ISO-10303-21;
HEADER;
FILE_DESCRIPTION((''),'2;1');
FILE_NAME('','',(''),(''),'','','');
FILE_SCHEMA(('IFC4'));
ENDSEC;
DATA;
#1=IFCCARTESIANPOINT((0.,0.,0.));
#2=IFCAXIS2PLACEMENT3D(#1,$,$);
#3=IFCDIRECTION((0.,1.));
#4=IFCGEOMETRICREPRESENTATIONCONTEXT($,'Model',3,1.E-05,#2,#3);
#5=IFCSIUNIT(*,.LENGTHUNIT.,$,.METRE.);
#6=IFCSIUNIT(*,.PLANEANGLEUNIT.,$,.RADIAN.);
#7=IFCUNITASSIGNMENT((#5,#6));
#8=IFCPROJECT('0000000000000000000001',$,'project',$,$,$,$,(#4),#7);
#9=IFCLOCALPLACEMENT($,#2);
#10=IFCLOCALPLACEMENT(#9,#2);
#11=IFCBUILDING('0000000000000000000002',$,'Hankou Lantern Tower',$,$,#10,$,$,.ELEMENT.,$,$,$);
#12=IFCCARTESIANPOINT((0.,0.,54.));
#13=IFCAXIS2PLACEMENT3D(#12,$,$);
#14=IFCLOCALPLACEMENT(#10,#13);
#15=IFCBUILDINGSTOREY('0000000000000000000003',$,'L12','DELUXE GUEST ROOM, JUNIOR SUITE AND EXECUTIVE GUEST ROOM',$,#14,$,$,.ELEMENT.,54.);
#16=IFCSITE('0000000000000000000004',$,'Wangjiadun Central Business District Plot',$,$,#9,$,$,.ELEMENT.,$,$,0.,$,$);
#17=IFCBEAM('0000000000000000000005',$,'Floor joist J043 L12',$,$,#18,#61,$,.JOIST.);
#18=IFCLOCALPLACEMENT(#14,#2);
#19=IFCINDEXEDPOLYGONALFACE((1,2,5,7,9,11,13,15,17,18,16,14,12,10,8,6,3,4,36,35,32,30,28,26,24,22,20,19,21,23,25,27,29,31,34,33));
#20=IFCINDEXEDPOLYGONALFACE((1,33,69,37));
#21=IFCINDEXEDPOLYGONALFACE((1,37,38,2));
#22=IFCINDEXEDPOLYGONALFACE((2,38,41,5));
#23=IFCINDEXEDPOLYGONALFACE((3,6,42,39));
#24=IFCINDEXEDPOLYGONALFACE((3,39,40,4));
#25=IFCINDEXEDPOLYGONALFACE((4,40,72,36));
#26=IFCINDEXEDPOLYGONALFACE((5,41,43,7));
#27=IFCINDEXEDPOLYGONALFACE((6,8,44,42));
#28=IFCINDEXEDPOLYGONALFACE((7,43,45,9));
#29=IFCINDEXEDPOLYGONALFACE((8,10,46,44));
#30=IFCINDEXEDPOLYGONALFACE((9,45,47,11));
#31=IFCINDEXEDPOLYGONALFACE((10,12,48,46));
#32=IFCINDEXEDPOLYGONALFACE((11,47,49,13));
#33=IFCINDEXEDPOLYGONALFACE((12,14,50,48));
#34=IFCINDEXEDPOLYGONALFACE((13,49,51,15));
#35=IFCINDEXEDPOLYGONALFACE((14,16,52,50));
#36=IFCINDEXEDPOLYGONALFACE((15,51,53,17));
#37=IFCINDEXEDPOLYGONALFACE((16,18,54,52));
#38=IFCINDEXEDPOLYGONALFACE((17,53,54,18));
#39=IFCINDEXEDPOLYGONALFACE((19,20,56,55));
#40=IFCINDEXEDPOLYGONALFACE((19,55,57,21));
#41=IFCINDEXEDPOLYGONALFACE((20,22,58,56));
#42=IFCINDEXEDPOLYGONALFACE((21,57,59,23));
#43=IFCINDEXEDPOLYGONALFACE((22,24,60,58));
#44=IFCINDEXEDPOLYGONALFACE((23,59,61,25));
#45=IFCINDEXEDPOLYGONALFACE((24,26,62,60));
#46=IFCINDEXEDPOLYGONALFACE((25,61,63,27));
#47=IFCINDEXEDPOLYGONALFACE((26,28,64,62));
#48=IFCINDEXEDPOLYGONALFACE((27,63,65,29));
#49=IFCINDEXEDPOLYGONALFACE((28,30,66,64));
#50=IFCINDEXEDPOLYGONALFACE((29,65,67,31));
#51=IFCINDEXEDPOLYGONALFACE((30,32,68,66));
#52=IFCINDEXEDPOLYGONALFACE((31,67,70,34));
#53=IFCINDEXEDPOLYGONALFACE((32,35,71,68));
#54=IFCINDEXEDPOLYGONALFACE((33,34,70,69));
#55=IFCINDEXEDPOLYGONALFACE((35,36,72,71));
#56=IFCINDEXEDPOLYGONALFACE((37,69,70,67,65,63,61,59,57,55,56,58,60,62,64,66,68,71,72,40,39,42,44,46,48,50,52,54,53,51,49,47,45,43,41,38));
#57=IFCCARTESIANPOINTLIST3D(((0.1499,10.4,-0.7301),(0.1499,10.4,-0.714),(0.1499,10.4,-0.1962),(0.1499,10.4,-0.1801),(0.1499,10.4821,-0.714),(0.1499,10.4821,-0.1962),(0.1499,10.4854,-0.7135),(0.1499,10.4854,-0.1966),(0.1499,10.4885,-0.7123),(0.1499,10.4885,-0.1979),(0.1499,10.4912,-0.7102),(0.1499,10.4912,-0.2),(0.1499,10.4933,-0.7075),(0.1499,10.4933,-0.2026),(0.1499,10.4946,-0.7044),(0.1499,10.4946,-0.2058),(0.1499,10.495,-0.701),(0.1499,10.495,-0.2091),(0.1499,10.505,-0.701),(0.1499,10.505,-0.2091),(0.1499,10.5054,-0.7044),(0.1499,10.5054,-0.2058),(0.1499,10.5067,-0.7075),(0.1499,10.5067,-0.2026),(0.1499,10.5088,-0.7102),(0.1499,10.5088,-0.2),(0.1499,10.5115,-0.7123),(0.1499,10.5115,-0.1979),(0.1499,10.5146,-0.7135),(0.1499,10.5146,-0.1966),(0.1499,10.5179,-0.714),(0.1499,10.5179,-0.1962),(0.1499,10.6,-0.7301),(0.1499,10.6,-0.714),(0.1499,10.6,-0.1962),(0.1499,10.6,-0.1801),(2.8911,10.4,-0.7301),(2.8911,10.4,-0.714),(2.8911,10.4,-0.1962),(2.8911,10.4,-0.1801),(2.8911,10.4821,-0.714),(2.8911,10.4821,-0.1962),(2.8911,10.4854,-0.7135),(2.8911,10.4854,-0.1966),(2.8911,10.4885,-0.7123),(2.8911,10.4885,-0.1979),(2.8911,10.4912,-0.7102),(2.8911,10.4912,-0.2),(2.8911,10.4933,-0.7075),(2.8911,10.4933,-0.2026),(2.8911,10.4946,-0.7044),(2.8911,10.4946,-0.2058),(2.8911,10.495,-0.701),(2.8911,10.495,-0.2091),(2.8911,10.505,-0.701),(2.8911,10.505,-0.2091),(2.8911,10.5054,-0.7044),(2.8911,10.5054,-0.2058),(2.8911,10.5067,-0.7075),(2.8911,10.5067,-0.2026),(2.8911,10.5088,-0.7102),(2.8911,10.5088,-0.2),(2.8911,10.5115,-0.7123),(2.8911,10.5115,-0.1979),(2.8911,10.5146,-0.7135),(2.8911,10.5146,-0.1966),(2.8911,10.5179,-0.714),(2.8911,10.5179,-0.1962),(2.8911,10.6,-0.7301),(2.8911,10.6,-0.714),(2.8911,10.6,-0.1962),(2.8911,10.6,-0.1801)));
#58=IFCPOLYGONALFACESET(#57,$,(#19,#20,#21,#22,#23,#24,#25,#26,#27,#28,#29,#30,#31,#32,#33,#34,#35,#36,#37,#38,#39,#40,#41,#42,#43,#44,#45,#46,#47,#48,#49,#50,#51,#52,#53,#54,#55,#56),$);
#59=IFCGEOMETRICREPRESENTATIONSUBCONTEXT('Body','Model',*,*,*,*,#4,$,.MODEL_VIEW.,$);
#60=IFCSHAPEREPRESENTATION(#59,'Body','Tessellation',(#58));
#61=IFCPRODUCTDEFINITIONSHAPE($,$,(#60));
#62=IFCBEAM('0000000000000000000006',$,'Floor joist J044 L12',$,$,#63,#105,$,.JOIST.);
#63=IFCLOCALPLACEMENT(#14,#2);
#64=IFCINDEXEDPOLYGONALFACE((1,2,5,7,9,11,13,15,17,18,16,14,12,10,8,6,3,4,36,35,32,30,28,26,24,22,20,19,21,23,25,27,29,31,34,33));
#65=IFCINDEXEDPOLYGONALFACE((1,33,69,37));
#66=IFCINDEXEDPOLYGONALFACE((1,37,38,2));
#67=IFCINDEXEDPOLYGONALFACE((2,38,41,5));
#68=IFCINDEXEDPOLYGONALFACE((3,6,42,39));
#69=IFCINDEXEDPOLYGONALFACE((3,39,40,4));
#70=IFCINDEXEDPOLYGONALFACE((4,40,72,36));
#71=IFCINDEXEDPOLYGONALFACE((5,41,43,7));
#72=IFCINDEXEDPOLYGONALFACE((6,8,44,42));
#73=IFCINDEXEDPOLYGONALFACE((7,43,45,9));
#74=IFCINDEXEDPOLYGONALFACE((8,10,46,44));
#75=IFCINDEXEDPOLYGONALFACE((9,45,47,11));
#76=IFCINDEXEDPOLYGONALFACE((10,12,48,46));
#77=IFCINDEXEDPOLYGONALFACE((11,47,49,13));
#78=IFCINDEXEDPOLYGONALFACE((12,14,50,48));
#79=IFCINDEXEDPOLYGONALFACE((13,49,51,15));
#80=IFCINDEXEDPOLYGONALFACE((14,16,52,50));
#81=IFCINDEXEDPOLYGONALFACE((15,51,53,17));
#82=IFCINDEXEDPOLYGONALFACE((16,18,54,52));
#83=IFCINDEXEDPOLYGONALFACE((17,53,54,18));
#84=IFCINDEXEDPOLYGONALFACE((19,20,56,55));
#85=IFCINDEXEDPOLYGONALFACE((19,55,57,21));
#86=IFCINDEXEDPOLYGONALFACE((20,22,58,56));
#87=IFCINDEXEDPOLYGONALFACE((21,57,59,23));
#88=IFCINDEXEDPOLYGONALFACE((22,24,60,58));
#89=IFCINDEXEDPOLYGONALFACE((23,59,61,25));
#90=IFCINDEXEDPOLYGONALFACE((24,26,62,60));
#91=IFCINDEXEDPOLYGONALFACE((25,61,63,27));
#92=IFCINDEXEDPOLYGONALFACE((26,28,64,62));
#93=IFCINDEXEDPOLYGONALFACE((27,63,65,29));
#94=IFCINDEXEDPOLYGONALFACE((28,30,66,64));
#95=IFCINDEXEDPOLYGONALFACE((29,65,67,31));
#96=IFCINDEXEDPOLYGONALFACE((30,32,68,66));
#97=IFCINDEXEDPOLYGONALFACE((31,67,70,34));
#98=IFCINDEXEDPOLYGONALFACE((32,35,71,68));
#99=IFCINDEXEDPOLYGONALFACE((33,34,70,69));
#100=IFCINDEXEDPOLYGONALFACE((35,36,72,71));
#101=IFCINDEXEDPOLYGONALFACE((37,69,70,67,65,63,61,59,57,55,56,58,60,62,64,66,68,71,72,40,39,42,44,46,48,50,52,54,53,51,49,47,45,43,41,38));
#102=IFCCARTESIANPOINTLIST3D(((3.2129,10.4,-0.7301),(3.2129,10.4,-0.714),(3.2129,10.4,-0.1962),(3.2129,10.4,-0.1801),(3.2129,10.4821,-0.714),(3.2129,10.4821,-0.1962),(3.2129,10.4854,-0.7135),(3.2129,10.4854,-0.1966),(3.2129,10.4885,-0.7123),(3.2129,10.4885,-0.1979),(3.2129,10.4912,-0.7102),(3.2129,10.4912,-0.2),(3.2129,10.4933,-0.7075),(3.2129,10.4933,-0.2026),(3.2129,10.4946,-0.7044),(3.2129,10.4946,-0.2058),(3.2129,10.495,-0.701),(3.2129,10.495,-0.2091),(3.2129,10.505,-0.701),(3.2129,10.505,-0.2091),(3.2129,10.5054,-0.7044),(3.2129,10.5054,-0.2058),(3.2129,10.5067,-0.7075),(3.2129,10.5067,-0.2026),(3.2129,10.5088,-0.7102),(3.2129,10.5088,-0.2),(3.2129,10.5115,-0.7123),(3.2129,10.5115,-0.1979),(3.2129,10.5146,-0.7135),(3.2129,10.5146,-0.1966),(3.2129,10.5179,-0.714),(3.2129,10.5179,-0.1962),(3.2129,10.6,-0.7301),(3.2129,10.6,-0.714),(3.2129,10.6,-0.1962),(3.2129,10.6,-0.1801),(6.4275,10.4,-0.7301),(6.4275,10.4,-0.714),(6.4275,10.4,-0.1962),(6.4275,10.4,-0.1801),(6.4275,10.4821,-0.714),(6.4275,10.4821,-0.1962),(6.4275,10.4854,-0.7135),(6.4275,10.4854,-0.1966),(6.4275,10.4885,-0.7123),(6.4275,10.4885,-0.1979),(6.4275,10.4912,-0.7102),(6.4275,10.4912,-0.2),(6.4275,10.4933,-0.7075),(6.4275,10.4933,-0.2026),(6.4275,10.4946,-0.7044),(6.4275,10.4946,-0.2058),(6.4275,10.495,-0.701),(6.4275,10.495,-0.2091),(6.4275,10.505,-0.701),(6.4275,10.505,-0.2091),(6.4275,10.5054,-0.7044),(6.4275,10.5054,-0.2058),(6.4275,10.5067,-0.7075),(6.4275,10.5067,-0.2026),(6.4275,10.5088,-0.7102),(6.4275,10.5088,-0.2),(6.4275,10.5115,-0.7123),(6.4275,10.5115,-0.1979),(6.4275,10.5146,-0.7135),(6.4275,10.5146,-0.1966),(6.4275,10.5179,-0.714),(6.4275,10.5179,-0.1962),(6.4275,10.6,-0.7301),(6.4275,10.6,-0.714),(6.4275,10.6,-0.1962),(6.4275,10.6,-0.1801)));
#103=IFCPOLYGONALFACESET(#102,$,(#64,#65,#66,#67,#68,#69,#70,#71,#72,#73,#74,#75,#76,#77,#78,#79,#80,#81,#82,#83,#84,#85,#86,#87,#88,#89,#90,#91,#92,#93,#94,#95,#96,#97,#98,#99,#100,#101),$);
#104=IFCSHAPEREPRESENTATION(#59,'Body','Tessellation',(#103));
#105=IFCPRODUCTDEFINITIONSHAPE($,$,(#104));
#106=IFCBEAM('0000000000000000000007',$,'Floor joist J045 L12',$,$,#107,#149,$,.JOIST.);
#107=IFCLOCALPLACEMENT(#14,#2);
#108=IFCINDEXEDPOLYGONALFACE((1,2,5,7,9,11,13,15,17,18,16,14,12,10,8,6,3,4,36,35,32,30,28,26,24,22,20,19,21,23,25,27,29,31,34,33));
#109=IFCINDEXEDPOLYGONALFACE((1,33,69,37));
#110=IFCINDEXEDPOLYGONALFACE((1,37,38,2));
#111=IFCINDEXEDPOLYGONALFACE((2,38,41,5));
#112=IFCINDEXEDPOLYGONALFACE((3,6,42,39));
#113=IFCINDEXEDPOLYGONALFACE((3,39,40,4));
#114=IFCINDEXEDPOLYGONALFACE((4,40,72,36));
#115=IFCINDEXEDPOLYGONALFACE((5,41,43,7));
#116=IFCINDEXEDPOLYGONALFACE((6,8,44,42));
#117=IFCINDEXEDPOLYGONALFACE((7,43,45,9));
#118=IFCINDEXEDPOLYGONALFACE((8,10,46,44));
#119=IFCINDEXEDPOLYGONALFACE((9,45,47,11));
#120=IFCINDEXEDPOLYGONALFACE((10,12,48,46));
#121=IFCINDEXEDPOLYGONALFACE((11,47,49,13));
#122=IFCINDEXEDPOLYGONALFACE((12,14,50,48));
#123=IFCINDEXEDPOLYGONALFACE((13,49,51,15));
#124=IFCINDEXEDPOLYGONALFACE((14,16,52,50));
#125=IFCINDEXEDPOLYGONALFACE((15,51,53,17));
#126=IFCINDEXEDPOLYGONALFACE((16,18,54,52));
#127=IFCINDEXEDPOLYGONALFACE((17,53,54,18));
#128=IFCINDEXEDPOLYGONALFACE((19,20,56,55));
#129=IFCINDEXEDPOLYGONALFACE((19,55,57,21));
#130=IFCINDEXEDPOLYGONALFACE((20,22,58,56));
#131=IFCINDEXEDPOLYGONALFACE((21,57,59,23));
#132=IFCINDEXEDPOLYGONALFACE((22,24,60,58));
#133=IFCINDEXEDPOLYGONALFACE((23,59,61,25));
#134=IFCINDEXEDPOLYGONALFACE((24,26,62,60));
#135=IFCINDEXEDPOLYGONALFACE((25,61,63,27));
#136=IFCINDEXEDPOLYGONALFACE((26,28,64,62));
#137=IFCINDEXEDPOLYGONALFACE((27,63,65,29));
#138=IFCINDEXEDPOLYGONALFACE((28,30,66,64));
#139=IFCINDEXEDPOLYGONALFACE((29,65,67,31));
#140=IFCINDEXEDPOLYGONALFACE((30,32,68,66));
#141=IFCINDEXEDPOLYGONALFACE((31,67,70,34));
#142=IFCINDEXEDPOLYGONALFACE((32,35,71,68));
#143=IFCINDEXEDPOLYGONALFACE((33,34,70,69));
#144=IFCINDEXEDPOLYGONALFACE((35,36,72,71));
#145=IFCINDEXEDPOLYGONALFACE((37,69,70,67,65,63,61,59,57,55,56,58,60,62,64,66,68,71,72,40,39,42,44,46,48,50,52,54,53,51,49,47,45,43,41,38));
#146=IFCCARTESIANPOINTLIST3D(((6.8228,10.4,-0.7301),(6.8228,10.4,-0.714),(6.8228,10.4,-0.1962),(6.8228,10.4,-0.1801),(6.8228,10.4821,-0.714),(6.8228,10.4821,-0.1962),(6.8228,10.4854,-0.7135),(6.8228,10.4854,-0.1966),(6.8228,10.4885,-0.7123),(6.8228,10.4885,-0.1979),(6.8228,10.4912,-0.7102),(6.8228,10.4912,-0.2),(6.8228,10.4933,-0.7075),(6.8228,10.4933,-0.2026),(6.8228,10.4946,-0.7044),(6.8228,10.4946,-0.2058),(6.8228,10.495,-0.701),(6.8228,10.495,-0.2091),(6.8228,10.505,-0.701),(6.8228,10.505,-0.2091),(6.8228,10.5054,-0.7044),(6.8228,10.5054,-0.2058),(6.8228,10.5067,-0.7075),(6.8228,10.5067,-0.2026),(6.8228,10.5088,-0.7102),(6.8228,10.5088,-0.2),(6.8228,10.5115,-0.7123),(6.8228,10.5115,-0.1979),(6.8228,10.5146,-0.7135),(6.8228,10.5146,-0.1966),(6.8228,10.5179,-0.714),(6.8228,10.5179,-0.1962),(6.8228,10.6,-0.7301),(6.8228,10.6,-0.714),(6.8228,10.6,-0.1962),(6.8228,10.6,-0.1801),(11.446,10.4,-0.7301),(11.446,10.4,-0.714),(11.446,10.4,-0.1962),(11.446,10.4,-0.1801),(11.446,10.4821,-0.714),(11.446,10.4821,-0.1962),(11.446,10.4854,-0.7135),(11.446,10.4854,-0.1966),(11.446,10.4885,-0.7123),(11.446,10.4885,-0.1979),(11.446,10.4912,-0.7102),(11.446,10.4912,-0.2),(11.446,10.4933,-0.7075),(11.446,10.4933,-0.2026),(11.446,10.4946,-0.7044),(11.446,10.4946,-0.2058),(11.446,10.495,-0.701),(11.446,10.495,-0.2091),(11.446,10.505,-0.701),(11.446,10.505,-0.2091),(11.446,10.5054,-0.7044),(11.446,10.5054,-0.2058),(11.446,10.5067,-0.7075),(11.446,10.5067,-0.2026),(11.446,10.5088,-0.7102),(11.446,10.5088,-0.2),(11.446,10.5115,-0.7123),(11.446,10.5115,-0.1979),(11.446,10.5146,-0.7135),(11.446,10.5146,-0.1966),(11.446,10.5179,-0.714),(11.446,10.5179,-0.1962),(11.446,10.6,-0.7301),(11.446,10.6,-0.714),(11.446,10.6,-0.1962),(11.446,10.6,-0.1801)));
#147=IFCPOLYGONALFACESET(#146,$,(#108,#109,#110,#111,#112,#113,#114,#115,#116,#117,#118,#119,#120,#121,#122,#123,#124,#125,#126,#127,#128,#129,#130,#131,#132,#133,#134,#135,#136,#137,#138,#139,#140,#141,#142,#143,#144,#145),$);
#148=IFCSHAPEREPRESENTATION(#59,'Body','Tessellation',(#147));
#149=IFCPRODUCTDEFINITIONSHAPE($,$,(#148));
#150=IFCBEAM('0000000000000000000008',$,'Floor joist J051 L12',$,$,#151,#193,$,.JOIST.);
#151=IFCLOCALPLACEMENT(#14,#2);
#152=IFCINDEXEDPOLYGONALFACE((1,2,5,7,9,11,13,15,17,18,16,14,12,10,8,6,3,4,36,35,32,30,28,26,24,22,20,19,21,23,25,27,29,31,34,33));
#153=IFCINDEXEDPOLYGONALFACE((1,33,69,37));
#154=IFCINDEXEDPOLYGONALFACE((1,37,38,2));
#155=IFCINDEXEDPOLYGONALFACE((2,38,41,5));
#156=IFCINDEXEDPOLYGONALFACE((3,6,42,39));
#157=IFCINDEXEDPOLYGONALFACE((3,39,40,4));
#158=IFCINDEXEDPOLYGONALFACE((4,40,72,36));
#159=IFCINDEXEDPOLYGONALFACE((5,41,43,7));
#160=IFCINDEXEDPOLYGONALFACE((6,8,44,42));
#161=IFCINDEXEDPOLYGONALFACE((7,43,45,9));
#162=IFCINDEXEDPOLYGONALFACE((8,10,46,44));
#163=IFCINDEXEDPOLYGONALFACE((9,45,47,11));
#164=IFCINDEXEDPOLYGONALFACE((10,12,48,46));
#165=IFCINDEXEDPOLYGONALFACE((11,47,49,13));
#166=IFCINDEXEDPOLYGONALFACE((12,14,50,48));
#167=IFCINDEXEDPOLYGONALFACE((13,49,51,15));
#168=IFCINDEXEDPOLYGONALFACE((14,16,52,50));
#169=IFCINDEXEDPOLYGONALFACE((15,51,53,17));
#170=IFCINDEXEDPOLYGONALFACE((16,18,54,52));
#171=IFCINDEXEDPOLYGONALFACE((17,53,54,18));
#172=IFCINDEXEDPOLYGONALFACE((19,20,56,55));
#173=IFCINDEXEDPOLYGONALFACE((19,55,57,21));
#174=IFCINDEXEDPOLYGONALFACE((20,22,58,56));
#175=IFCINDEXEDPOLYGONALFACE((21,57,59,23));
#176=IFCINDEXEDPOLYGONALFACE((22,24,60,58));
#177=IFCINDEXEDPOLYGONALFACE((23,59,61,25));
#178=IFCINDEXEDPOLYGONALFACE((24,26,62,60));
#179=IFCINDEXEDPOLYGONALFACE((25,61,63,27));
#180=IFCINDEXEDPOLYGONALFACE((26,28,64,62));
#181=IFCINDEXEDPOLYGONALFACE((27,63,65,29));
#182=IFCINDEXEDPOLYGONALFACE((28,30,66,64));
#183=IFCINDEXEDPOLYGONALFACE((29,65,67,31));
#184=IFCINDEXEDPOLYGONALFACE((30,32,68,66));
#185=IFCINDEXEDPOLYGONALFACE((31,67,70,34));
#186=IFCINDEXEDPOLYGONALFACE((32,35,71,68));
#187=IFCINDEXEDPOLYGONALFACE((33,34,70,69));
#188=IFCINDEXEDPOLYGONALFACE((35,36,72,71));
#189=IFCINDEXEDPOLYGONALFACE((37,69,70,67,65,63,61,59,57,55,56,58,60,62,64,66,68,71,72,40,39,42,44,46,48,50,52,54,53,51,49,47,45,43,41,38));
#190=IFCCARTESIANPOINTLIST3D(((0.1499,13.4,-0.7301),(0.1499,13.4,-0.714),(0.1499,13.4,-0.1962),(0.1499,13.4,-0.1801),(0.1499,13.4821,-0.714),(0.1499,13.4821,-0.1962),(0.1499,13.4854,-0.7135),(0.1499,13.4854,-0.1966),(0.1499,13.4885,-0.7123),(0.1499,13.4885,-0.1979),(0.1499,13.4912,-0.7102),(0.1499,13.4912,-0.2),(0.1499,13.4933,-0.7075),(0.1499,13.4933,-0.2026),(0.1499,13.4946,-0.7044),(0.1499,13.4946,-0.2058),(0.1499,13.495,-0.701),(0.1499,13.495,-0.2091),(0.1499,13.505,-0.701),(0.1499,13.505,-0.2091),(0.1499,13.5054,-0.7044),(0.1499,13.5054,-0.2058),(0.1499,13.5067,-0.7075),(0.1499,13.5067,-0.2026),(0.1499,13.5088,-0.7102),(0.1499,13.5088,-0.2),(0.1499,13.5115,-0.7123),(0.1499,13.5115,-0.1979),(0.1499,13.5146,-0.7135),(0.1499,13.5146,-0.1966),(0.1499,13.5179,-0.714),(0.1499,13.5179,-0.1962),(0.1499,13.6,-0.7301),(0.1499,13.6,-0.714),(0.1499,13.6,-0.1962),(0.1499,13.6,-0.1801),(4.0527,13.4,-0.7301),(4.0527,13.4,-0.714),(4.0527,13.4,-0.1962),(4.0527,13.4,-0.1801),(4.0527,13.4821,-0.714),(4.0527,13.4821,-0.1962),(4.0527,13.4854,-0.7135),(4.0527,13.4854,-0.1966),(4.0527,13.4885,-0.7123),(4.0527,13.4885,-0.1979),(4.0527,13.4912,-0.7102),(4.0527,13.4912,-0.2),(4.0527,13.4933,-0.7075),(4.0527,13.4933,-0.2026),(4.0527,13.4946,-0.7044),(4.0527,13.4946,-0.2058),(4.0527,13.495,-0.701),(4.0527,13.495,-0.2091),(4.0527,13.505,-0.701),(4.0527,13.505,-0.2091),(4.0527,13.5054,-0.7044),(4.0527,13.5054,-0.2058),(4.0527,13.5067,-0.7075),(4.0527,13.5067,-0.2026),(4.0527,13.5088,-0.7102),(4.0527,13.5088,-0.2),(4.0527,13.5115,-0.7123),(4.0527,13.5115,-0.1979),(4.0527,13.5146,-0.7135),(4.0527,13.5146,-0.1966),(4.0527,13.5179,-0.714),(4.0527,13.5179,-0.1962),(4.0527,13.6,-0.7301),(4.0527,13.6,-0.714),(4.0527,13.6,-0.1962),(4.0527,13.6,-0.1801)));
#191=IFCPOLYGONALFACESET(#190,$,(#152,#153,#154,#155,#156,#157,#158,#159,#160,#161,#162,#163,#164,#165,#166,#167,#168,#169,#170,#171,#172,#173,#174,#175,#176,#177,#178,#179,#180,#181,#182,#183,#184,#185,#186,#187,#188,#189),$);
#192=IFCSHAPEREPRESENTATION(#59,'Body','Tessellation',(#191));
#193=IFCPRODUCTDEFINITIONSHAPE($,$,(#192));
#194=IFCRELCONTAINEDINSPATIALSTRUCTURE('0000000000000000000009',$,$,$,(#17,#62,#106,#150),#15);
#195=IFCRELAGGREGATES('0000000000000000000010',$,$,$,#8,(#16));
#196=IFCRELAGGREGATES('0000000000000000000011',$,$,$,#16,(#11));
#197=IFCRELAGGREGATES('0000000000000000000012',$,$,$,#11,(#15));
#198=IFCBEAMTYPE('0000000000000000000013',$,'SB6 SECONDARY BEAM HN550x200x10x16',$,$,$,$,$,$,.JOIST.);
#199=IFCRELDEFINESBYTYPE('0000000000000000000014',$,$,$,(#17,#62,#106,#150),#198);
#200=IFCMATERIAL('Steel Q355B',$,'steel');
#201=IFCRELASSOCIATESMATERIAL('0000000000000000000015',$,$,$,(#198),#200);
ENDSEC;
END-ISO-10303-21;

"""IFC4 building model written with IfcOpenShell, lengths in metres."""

from ifc_helpers import new_model, si_unit, direction, frame, origin, origin_2d, place, context, subcontext, project, spatial, i_section, extrude, material, material_profile, profile_set, type_object, element, save


model = new_model("IFC4")

# Units and contexts
model_context = context("Model", 3, precision=1e-05, world=origin(), true_north=direction((0.0, 1.0)))
body_context = subcontext(model_context, "Body", "Model", "MODEL_VIEW")
ifc_project = project(units=[si_unit("LENGTHUNIT", "METRE"), si_unit("PLANEANGLEUNIT", "RADIAN")], contexts=[model_context])

# Site, building, storey
site_placement = place(None, origin())
site = spatial("IfcSite", under=ifc_project, at=site_placement, Name="Wangjiadun Central Business District Plot", CompositionType="ELEMENT", RefElevation=0.0)
building_placement = place(site_placement, origin())
building = spatial("IfcBuilding", under=site, at=building_placement, Name="Hankou Lantern Tower", CompositionType="ELEMENT")
storey_placement = place(building_placement, frame((0.0, 0.0, 54.0)))
storey = spatial("IfcBuildingStorey", under=building, at=storey_placement, Name="L12", Description="DELUXE GUEST ROOM, JUNIOR SUITE AND EXECUTIVE GUEST ROOM", CompositionType="ELEMENT", Elevation=54.0)

# Beams
ifc_material_1 = material(Name="Steel Q355B", Category="steel")
ifc_material_profile = material_profile(ifc_material_1, i_section(OverallWidth=0.2, OverallDepth=0.55, WebThickness=0.01, FlangeThickness=0.0161, FilletRadius=0.0129, at=origin_2d()), Name="HN550x200x10x16")
ifc_profile_set = profile_set([ifc_material_profile], Name="Steel Q355B")
beam_type = type_object("IfcBeamType", Name="SB6 SECONDARY BEAM HN550x200x10x16", PredefinedType="JOIST", material=ifc_profile_set)
beam_1_placement = place(storey_placement, frame((0.1499, 10.5, -0.4551), z_axis=(1.0, 0.0, 0.0), x_axis=(0.0, 1.0, 0.0)))
element("IfcBeam", 1, at=beam_1_placement, inside=storey, type_object=beam_type, Name="Floor joist J043 L12", PredefinedType="JOIST", context=body_context, shape_type="SweptSolid", body=[
    extrude(i_section(OverallWidth=0.2, OverallDepth=0.55, WebThickness=0.01, FlangeThickness=0.0161, FilletRadius=0.0129, at=origin_2d()), origin(), (0.0, 0.0, 1.0), 2.7412),
])
beam_2_placement = place(storey_placement, frame((3.2129, 10.5, -0.4551), z_axis=(1.0, 0.0, 0.0), x_axis=(0.0, 1.0, 0.0)))
element("IfcBeam", 2, at=beam_2_placement, inside=storey, type_object=beam_type, Name="Floor joist J044 L12", PredefinedType="JOIST", context=body_context, shape_type="SweptSolid", body=[
    extrude(i_section(OverallWidth=0.2, OverallDepth=0.55, WebThickness=0.01, FlangeThickness=0.0161, FilletRadius=0.0129, at=origin_2d()), origin(), (0.0, 0.0, 1.0), 3.2146),
])
beam_3_placement = place(storey_placement, frame((6.8228, 10.5, -0.4551), z_axis=(1.0, 0.0, 0.0), x_axis=(0.0, 1.0, 0.0)))
element("IfcBeam", 3, at=beam_3_placement, inside=storey, type_object=beam_type, Name="Floor joist J045 L12", PredefinedType="JOIST", context=body_context, shape_type="SweptSolid", body=[
    extrude(i_section(OverallWidth=0.2, OverallDepth=0.55, WebThickness=0.01, FlangeThickness=0.0161, FilletRadius=0.0129, at=origin_2d()), origin(), (0.0, 0.0, 1.0), 4.6233),
])
beam_4_placement = place(storey_placement, frame((0.1499, 13.5, -0.4551), z_axis=(1.0, 0.0, 0.0), x_axis=(0.0, 1.0, 0.0)))
element("IfcBeam", 4, at=beam_4_placement, inside=storey, type_object=beam_type, Name="Floor joist J051 L12", PredefinedType="JOIST", context=body_context, shape_type="SweptSolid", body=[
    extrude(i_section(OverallWidth=0.2, OverallDepth=0.55, WebThickness=0.01, FlangeThickness=0.0161, FilletRadius=0.0129, at=origin_2d()), origin(), (0.0, 0.0, 1.0), 3.9028),
])

save(model, "model.ifc")
